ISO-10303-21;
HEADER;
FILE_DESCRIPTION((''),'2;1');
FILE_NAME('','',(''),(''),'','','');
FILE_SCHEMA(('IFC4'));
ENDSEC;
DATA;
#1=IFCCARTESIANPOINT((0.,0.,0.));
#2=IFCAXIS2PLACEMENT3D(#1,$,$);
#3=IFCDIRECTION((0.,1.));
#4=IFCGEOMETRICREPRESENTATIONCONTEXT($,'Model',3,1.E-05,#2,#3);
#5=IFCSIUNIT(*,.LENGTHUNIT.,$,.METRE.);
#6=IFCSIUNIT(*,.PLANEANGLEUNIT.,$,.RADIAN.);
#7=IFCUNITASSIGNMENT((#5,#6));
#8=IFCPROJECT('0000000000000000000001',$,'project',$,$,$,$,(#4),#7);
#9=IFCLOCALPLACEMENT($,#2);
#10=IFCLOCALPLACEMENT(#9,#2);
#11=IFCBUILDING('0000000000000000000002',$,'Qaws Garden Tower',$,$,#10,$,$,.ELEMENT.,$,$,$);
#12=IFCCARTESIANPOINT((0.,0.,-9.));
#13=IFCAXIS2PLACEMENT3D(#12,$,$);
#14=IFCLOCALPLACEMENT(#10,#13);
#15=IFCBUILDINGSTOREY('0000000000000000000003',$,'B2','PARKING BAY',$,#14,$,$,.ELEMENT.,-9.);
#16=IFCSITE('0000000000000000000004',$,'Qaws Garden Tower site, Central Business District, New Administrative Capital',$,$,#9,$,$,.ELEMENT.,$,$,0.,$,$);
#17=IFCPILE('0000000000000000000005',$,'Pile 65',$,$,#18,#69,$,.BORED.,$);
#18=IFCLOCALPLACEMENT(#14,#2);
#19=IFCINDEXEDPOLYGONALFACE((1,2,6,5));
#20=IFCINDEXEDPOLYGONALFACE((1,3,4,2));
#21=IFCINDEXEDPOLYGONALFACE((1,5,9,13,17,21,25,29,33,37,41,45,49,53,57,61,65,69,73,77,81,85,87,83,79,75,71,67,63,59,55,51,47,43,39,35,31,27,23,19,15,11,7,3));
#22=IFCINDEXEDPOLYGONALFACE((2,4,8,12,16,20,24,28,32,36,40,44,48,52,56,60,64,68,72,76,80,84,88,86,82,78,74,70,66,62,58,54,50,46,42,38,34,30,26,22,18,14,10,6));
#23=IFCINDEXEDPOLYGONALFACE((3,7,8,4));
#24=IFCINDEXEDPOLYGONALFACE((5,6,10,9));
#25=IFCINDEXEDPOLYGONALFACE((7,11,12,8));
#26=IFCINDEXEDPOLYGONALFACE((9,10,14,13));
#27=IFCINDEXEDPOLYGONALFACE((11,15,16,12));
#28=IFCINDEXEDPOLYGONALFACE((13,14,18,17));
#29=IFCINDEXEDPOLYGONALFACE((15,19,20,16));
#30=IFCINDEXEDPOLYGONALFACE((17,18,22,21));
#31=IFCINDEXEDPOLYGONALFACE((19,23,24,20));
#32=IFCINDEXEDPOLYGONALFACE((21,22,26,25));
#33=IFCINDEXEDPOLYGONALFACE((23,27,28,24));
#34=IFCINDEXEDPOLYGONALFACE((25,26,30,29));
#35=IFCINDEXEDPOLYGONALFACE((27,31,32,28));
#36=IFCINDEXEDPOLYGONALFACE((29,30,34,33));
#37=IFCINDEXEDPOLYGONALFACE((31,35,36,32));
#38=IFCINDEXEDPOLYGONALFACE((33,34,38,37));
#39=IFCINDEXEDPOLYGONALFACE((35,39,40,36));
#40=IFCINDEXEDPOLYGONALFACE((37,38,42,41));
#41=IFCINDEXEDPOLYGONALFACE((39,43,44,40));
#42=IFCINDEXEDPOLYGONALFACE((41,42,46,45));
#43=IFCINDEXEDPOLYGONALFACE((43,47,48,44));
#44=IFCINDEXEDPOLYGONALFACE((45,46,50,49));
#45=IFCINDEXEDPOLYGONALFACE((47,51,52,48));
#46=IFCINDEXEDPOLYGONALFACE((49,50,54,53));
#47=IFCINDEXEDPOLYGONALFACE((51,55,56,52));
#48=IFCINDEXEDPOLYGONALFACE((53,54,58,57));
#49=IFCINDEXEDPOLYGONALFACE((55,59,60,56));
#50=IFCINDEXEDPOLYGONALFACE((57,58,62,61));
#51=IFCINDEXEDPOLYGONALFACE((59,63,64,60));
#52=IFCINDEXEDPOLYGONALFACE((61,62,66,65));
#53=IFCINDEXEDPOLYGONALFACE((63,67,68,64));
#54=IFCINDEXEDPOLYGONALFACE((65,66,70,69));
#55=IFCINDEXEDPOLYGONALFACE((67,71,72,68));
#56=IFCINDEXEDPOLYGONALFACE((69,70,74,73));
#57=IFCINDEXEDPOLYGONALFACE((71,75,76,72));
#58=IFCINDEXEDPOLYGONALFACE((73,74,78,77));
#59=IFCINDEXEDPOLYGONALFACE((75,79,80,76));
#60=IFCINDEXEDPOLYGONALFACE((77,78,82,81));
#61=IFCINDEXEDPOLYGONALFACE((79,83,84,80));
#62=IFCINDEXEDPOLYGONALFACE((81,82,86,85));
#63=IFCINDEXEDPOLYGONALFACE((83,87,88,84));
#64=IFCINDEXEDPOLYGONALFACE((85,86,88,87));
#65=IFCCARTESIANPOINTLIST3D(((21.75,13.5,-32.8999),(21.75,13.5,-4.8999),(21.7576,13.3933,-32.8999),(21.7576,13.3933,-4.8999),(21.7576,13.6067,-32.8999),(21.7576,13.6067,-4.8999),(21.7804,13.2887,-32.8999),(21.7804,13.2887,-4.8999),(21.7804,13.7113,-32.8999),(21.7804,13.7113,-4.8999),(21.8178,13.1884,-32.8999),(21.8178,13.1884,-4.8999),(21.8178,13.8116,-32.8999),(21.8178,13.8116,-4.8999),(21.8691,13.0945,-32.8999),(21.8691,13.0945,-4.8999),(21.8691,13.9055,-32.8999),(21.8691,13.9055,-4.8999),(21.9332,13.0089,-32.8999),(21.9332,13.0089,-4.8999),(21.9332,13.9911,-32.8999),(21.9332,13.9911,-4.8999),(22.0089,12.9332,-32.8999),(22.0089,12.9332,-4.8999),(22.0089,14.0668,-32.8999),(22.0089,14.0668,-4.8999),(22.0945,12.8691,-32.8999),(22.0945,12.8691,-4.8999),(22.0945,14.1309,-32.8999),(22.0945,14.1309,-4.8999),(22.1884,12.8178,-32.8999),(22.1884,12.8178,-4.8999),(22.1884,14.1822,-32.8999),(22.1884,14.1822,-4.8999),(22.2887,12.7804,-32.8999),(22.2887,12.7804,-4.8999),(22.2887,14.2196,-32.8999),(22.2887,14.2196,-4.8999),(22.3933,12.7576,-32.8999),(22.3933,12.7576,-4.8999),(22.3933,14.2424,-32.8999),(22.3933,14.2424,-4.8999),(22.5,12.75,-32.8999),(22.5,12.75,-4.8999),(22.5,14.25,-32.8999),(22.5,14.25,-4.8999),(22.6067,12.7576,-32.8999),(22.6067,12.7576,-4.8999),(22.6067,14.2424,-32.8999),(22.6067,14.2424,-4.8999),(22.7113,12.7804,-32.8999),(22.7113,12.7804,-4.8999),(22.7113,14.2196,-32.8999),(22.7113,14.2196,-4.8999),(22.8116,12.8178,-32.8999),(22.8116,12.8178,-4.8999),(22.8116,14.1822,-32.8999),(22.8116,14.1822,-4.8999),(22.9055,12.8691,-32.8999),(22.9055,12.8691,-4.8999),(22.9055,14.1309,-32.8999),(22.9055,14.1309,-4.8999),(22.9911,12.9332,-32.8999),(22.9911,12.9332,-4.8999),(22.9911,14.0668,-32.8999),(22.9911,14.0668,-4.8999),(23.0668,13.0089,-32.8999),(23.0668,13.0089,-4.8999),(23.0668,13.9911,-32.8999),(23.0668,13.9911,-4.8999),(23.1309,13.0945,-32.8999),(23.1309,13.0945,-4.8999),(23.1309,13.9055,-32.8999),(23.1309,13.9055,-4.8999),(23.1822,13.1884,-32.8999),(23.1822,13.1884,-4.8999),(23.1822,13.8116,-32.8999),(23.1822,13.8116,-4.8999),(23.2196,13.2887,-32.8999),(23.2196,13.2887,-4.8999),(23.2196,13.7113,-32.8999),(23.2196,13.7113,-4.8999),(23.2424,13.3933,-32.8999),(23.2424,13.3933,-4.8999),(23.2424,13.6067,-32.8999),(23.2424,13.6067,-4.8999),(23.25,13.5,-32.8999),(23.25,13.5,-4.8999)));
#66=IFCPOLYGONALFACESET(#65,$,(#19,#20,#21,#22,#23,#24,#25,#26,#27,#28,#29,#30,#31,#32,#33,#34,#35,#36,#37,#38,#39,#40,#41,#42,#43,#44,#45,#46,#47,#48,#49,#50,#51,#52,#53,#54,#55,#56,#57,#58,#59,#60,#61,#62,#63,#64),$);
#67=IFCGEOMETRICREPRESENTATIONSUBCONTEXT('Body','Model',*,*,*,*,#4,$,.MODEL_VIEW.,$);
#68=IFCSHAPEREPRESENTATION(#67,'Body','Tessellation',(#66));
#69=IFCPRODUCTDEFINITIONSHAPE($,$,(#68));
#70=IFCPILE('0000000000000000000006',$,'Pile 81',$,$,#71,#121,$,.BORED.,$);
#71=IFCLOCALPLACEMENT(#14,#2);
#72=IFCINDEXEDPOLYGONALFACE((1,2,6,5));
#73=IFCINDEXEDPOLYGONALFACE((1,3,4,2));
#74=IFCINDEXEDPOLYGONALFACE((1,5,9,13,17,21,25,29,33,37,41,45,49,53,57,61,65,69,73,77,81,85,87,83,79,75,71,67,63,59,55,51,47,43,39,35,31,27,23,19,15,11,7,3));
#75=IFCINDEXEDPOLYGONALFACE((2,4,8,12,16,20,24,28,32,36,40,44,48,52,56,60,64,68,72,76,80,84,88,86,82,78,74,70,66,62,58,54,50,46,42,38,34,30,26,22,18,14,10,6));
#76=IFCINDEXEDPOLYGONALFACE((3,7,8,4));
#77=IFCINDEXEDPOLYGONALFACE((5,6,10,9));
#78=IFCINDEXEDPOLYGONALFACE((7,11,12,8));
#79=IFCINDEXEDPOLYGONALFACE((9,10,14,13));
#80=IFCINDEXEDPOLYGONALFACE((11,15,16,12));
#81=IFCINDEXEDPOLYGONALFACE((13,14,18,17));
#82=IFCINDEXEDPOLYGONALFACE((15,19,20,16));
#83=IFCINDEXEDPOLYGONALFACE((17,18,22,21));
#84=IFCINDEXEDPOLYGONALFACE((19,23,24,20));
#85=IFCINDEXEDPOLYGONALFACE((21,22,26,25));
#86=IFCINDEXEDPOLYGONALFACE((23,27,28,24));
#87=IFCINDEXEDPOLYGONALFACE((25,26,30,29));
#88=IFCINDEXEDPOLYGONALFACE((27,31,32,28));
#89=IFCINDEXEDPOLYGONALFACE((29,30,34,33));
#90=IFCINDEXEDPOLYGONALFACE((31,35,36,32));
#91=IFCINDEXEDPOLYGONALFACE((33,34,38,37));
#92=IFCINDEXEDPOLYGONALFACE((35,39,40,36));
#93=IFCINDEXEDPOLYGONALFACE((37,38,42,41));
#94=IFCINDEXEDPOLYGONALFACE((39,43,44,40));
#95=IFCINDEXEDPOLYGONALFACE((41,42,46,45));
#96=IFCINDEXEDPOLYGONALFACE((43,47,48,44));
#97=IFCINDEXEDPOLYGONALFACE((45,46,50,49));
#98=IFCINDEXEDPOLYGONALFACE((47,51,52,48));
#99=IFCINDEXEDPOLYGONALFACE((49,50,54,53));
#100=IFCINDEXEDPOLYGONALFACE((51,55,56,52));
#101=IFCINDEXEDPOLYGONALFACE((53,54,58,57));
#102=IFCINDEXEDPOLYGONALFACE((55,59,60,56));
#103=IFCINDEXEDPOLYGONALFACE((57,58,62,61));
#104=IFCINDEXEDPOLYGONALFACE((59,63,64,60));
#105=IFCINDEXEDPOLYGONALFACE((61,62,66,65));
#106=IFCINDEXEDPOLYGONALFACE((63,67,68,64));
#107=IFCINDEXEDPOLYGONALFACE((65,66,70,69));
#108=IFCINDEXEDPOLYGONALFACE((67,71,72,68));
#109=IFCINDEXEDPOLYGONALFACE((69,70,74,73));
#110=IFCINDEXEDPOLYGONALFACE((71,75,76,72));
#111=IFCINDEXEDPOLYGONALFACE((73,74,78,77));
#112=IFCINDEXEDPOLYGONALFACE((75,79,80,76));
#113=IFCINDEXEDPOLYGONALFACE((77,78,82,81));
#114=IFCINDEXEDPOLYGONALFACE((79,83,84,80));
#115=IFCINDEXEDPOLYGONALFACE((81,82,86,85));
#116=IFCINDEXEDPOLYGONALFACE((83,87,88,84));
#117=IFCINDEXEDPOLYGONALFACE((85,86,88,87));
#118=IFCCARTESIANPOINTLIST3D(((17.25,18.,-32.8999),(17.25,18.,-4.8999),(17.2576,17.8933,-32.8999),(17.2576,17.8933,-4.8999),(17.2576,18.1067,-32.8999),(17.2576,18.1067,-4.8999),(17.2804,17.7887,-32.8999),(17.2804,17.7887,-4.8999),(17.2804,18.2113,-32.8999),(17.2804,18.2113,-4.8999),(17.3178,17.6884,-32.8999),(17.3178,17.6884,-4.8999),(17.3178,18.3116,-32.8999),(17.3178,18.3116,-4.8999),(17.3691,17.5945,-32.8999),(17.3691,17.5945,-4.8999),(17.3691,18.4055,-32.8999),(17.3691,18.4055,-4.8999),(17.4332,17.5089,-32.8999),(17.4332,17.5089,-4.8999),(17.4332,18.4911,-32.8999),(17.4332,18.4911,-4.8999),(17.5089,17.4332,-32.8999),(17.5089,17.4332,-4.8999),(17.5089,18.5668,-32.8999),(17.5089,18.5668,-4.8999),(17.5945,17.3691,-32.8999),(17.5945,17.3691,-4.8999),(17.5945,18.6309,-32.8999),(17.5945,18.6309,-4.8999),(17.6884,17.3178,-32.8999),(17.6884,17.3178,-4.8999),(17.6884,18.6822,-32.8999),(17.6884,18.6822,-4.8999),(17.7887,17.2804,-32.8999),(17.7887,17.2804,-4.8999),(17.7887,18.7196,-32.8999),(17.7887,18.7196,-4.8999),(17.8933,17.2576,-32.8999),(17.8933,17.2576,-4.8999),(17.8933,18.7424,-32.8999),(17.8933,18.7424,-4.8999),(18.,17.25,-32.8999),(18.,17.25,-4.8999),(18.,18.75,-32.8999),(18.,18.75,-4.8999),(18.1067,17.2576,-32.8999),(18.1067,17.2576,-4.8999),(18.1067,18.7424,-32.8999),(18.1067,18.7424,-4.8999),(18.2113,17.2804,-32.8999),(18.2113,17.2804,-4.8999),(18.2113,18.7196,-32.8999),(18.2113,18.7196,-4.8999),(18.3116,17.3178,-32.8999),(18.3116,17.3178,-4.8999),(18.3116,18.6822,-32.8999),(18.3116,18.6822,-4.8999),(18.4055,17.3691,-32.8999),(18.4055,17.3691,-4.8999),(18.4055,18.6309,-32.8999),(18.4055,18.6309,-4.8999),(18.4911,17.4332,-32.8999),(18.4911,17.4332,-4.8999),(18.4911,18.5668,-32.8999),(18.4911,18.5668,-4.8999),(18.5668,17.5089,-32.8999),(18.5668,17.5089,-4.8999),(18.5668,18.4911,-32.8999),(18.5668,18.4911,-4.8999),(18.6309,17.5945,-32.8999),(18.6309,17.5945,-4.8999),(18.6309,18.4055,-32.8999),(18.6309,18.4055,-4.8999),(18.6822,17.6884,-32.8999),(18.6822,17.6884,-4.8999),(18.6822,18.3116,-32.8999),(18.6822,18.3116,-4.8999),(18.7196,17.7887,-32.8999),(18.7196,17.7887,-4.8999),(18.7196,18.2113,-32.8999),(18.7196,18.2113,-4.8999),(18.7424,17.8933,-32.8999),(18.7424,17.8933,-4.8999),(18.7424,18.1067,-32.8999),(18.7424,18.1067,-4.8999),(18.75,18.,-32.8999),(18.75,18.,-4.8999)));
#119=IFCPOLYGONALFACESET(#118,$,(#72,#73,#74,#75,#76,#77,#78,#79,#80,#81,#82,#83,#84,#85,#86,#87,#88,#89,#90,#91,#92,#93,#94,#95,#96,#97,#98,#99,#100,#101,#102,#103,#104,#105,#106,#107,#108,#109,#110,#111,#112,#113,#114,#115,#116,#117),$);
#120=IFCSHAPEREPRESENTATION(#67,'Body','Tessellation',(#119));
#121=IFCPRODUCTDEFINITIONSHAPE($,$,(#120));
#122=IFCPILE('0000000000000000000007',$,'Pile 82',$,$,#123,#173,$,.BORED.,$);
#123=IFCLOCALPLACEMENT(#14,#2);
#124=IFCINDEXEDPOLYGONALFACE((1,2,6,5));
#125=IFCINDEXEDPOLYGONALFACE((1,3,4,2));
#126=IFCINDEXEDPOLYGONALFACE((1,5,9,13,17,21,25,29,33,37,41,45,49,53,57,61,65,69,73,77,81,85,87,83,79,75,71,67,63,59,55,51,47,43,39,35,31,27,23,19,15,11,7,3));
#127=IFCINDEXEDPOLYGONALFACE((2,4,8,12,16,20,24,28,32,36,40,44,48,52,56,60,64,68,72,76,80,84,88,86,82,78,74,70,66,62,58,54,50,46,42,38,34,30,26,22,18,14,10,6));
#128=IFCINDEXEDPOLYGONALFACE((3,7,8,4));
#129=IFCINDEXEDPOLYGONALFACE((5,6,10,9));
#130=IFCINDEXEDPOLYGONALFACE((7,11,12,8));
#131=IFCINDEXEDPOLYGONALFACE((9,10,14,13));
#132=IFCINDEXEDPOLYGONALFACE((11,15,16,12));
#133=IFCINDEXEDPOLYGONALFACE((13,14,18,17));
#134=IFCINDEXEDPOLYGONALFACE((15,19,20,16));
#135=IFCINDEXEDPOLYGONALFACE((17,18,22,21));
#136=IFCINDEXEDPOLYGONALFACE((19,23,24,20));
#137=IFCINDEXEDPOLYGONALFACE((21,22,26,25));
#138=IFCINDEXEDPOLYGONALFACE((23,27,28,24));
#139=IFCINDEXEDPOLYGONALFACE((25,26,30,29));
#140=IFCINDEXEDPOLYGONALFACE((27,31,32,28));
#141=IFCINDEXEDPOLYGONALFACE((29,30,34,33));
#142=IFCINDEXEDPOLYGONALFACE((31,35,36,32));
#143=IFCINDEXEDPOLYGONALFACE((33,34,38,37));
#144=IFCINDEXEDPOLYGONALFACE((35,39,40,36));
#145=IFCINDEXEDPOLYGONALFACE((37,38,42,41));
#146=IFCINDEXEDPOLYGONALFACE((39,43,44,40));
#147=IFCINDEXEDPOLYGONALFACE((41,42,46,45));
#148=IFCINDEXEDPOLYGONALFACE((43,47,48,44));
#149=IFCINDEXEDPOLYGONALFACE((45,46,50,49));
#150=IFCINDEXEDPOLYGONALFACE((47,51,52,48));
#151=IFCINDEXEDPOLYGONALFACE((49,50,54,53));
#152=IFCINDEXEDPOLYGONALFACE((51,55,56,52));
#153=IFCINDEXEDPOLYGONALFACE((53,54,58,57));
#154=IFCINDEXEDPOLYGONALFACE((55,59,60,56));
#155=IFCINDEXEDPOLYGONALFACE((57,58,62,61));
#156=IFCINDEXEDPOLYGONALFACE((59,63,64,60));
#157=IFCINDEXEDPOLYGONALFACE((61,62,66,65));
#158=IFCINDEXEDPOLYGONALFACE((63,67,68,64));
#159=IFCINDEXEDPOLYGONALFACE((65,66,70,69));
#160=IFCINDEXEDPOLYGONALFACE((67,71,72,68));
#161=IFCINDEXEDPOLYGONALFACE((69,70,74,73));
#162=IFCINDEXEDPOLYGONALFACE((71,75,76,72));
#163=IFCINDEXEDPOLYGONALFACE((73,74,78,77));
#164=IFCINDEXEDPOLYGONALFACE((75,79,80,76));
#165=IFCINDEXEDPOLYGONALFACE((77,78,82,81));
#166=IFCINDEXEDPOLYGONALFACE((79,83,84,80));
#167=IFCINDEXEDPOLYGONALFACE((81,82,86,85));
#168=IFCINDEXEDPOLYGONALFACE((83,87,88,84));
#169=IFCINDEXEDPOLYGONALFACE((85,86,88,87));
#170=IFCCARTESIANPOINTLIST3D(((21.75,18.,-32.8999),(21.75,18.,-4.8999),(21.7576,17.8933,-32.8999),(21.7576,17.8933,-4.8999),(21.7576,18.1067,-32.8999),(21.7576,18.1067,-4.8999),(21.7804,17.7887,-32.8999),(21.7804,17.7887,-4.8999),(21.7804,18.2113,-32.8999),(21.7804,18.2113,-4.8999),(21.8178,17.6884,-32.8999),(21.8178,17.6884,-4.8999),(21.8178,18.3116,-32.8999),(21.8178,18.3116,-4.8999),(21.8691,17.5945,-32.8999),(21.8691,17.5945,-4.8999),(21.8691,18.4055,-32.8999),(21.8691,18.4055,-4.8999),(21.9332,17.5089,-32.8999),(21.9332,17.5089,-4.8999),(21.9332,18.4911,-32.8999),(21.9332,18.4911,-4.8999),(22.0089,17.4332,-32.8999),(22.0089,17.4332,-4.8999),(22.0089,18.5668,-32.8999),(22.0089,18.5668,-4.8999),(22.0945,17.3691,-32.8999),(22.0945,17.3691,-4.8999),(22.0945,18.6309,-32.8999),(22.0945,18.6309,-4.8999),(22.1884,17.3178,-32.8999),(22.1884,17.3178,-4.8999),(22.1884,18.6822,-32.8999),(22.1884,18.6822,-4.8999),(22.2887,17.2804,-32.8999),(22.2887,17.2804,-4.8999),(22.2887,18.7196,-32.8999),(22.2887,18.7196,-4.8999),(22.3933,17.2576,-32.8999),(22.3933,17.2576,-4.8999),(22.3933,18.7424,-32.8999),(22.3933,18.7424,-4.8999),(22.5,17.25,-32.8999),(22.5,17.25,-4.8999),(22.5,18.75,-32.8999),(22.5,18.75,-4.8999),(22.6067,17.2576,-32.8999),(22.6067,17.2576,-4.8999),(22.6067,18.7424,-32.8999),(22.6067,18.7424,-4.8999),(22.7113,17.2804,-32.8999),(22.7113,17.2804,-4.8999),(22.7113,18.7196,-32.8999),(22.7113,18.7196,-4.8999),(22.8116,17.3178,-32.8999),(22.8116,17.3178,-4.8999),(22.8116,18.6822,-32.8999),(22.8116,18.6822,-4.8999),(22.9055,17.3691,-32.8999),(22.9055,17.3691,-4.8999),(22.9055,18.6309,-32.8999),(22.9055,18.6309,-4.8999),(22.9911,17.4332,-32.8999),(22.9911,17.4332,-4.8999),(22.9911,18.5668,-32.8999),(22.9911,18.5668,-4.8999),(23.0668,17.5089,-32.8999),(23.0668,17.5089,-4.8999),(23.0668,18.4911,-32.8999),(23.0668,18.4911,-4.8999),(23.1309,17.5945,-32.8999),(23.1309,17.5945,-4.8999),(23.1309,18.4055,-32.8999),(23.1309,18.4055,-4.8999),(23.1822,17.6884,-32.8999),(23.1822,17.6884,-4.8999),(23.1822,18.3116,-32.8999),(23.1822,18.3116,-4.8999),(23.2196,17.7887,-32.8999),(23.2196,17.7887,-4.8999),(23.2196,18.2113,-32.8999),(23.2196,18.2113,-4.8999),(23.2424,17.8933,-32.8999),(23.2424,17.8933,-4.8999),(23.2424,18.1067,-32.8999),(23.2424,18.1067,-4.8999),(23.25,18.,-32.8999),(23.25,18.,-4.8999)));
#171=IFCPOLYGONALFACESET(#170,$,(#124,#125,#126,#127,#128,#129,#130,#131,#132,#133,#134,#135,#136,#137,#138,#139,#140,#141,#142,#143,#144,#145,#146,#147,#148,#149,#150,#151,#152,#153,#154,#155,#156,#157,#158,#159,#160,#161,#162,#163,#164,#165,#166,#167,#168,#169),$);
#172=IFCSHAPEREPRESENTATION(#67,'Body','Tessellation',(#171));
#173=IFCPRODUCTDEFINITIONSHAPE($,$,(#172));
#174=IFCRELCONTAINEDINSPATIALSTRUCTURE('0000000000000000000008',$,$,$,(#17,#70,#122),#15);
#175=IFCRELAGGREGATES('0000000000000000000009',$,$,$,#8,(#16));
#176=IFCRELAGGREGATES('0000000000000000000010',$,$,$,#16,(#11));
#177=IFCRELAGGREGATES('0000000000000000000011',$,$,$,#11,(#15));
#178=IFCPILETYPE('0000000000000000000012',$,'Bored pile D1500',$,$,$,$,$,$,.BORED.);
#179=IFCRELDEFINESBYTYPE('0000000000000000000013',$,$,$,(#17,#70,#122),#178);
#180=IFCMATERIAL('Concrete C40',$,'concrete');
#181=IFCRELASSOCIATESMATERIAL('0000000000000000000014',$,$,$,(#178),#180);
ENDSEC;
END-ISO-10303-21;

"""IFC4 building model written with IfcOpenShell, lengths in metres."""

from ifc_helpers import new_model, si_unit, direction, frame, origin, origin_2d, place, context, subcontext, project, spatial, circle, extrude, material, material_profile, profile_set, type_object, element, save


model = new_model("IFC4")

# Units and contexts
model_context = context("Model", 3, precision=1e-05, world=origin(), true_north=direction((0.0, 1.0)))
body_context = subcontext(model_context, "Body", "Model", "MODEL_VIEW")
ifc_project = project(units=[si_unit("LENGTHUNIT", "METRE"), si_unit("PLANEANGLEUNIT", "RADIAN")], contexts=[model_context])

# Site, building, storey
site_placement = place(None, origin())
site = spatial("IfcSite", under=ifc_project, at=site_placement, Name="Qaws Garden Tower site, Central Business District, New Administrative Capital", CompositionType="ELEMENT", RefElevation=0.0)
building_placement = place(site_placement, origin())
building = spatial("IfcBuilding", under=site, at=building_placement, Name="Qaws Garden Tower", CompositionType="ELEMENT")
storey_placement = place(building_placement, frame((0.0, 0.0, -9.0)))
storey = spatial("IfcBuildingStorey", under=building, at=storey_placement, Name="B2", Description="PARKING BAY", CompositionType="ELEMENT", Elevation=-9.0)

# Piles
ifc_material_1 = material(Name="Concrete C40", Category="concrete")
ifc_material_profile = material_profile(ifc_material_1, circle(Radius=0.75, at=origin_2d()), Name="Bored pile D1500")
ifc_profile_set = profile_set([ifc_material_profile], Name="Concrete C40")
pile_type = type_object("IfcPileType", Name="Bored pile D1500", PredefinedType="BORED", material=ifc_profile_set)
for number, where, z_axis, x_axis, name in (
    (1, (22.5, 13.5, -4.8999), (0.0, 0.0, -1.0), (1.0, 0.0, 0.0), "Pile 65"),
    (2, (18.0, 18.0, -4.8999), (0.0, 0.0, -1.0), (1.0, 0.0, 0.0), "Pile 81"),
    (3, (22.5, 18.0, -4.8999), (0.0, 0.0, -1.0), (1.0, 0.0, 0.0), "Pile 82"),
):
    element("IfcPile", number, at=place(storey_placement, frame(where, z_axis=z_axis, x_axis=x_axis)), inside=storey, type_object=pile_type, Name=name, PredefinedType="BORED", context=body_context, shape_type="SweptSolid", body=[
        extrude(circle(Radius=0.75, at=origin_2d()), origin(), (0.0, 0.0, 1.0), 28.0),
    ])

save(model, "model.ifc")
